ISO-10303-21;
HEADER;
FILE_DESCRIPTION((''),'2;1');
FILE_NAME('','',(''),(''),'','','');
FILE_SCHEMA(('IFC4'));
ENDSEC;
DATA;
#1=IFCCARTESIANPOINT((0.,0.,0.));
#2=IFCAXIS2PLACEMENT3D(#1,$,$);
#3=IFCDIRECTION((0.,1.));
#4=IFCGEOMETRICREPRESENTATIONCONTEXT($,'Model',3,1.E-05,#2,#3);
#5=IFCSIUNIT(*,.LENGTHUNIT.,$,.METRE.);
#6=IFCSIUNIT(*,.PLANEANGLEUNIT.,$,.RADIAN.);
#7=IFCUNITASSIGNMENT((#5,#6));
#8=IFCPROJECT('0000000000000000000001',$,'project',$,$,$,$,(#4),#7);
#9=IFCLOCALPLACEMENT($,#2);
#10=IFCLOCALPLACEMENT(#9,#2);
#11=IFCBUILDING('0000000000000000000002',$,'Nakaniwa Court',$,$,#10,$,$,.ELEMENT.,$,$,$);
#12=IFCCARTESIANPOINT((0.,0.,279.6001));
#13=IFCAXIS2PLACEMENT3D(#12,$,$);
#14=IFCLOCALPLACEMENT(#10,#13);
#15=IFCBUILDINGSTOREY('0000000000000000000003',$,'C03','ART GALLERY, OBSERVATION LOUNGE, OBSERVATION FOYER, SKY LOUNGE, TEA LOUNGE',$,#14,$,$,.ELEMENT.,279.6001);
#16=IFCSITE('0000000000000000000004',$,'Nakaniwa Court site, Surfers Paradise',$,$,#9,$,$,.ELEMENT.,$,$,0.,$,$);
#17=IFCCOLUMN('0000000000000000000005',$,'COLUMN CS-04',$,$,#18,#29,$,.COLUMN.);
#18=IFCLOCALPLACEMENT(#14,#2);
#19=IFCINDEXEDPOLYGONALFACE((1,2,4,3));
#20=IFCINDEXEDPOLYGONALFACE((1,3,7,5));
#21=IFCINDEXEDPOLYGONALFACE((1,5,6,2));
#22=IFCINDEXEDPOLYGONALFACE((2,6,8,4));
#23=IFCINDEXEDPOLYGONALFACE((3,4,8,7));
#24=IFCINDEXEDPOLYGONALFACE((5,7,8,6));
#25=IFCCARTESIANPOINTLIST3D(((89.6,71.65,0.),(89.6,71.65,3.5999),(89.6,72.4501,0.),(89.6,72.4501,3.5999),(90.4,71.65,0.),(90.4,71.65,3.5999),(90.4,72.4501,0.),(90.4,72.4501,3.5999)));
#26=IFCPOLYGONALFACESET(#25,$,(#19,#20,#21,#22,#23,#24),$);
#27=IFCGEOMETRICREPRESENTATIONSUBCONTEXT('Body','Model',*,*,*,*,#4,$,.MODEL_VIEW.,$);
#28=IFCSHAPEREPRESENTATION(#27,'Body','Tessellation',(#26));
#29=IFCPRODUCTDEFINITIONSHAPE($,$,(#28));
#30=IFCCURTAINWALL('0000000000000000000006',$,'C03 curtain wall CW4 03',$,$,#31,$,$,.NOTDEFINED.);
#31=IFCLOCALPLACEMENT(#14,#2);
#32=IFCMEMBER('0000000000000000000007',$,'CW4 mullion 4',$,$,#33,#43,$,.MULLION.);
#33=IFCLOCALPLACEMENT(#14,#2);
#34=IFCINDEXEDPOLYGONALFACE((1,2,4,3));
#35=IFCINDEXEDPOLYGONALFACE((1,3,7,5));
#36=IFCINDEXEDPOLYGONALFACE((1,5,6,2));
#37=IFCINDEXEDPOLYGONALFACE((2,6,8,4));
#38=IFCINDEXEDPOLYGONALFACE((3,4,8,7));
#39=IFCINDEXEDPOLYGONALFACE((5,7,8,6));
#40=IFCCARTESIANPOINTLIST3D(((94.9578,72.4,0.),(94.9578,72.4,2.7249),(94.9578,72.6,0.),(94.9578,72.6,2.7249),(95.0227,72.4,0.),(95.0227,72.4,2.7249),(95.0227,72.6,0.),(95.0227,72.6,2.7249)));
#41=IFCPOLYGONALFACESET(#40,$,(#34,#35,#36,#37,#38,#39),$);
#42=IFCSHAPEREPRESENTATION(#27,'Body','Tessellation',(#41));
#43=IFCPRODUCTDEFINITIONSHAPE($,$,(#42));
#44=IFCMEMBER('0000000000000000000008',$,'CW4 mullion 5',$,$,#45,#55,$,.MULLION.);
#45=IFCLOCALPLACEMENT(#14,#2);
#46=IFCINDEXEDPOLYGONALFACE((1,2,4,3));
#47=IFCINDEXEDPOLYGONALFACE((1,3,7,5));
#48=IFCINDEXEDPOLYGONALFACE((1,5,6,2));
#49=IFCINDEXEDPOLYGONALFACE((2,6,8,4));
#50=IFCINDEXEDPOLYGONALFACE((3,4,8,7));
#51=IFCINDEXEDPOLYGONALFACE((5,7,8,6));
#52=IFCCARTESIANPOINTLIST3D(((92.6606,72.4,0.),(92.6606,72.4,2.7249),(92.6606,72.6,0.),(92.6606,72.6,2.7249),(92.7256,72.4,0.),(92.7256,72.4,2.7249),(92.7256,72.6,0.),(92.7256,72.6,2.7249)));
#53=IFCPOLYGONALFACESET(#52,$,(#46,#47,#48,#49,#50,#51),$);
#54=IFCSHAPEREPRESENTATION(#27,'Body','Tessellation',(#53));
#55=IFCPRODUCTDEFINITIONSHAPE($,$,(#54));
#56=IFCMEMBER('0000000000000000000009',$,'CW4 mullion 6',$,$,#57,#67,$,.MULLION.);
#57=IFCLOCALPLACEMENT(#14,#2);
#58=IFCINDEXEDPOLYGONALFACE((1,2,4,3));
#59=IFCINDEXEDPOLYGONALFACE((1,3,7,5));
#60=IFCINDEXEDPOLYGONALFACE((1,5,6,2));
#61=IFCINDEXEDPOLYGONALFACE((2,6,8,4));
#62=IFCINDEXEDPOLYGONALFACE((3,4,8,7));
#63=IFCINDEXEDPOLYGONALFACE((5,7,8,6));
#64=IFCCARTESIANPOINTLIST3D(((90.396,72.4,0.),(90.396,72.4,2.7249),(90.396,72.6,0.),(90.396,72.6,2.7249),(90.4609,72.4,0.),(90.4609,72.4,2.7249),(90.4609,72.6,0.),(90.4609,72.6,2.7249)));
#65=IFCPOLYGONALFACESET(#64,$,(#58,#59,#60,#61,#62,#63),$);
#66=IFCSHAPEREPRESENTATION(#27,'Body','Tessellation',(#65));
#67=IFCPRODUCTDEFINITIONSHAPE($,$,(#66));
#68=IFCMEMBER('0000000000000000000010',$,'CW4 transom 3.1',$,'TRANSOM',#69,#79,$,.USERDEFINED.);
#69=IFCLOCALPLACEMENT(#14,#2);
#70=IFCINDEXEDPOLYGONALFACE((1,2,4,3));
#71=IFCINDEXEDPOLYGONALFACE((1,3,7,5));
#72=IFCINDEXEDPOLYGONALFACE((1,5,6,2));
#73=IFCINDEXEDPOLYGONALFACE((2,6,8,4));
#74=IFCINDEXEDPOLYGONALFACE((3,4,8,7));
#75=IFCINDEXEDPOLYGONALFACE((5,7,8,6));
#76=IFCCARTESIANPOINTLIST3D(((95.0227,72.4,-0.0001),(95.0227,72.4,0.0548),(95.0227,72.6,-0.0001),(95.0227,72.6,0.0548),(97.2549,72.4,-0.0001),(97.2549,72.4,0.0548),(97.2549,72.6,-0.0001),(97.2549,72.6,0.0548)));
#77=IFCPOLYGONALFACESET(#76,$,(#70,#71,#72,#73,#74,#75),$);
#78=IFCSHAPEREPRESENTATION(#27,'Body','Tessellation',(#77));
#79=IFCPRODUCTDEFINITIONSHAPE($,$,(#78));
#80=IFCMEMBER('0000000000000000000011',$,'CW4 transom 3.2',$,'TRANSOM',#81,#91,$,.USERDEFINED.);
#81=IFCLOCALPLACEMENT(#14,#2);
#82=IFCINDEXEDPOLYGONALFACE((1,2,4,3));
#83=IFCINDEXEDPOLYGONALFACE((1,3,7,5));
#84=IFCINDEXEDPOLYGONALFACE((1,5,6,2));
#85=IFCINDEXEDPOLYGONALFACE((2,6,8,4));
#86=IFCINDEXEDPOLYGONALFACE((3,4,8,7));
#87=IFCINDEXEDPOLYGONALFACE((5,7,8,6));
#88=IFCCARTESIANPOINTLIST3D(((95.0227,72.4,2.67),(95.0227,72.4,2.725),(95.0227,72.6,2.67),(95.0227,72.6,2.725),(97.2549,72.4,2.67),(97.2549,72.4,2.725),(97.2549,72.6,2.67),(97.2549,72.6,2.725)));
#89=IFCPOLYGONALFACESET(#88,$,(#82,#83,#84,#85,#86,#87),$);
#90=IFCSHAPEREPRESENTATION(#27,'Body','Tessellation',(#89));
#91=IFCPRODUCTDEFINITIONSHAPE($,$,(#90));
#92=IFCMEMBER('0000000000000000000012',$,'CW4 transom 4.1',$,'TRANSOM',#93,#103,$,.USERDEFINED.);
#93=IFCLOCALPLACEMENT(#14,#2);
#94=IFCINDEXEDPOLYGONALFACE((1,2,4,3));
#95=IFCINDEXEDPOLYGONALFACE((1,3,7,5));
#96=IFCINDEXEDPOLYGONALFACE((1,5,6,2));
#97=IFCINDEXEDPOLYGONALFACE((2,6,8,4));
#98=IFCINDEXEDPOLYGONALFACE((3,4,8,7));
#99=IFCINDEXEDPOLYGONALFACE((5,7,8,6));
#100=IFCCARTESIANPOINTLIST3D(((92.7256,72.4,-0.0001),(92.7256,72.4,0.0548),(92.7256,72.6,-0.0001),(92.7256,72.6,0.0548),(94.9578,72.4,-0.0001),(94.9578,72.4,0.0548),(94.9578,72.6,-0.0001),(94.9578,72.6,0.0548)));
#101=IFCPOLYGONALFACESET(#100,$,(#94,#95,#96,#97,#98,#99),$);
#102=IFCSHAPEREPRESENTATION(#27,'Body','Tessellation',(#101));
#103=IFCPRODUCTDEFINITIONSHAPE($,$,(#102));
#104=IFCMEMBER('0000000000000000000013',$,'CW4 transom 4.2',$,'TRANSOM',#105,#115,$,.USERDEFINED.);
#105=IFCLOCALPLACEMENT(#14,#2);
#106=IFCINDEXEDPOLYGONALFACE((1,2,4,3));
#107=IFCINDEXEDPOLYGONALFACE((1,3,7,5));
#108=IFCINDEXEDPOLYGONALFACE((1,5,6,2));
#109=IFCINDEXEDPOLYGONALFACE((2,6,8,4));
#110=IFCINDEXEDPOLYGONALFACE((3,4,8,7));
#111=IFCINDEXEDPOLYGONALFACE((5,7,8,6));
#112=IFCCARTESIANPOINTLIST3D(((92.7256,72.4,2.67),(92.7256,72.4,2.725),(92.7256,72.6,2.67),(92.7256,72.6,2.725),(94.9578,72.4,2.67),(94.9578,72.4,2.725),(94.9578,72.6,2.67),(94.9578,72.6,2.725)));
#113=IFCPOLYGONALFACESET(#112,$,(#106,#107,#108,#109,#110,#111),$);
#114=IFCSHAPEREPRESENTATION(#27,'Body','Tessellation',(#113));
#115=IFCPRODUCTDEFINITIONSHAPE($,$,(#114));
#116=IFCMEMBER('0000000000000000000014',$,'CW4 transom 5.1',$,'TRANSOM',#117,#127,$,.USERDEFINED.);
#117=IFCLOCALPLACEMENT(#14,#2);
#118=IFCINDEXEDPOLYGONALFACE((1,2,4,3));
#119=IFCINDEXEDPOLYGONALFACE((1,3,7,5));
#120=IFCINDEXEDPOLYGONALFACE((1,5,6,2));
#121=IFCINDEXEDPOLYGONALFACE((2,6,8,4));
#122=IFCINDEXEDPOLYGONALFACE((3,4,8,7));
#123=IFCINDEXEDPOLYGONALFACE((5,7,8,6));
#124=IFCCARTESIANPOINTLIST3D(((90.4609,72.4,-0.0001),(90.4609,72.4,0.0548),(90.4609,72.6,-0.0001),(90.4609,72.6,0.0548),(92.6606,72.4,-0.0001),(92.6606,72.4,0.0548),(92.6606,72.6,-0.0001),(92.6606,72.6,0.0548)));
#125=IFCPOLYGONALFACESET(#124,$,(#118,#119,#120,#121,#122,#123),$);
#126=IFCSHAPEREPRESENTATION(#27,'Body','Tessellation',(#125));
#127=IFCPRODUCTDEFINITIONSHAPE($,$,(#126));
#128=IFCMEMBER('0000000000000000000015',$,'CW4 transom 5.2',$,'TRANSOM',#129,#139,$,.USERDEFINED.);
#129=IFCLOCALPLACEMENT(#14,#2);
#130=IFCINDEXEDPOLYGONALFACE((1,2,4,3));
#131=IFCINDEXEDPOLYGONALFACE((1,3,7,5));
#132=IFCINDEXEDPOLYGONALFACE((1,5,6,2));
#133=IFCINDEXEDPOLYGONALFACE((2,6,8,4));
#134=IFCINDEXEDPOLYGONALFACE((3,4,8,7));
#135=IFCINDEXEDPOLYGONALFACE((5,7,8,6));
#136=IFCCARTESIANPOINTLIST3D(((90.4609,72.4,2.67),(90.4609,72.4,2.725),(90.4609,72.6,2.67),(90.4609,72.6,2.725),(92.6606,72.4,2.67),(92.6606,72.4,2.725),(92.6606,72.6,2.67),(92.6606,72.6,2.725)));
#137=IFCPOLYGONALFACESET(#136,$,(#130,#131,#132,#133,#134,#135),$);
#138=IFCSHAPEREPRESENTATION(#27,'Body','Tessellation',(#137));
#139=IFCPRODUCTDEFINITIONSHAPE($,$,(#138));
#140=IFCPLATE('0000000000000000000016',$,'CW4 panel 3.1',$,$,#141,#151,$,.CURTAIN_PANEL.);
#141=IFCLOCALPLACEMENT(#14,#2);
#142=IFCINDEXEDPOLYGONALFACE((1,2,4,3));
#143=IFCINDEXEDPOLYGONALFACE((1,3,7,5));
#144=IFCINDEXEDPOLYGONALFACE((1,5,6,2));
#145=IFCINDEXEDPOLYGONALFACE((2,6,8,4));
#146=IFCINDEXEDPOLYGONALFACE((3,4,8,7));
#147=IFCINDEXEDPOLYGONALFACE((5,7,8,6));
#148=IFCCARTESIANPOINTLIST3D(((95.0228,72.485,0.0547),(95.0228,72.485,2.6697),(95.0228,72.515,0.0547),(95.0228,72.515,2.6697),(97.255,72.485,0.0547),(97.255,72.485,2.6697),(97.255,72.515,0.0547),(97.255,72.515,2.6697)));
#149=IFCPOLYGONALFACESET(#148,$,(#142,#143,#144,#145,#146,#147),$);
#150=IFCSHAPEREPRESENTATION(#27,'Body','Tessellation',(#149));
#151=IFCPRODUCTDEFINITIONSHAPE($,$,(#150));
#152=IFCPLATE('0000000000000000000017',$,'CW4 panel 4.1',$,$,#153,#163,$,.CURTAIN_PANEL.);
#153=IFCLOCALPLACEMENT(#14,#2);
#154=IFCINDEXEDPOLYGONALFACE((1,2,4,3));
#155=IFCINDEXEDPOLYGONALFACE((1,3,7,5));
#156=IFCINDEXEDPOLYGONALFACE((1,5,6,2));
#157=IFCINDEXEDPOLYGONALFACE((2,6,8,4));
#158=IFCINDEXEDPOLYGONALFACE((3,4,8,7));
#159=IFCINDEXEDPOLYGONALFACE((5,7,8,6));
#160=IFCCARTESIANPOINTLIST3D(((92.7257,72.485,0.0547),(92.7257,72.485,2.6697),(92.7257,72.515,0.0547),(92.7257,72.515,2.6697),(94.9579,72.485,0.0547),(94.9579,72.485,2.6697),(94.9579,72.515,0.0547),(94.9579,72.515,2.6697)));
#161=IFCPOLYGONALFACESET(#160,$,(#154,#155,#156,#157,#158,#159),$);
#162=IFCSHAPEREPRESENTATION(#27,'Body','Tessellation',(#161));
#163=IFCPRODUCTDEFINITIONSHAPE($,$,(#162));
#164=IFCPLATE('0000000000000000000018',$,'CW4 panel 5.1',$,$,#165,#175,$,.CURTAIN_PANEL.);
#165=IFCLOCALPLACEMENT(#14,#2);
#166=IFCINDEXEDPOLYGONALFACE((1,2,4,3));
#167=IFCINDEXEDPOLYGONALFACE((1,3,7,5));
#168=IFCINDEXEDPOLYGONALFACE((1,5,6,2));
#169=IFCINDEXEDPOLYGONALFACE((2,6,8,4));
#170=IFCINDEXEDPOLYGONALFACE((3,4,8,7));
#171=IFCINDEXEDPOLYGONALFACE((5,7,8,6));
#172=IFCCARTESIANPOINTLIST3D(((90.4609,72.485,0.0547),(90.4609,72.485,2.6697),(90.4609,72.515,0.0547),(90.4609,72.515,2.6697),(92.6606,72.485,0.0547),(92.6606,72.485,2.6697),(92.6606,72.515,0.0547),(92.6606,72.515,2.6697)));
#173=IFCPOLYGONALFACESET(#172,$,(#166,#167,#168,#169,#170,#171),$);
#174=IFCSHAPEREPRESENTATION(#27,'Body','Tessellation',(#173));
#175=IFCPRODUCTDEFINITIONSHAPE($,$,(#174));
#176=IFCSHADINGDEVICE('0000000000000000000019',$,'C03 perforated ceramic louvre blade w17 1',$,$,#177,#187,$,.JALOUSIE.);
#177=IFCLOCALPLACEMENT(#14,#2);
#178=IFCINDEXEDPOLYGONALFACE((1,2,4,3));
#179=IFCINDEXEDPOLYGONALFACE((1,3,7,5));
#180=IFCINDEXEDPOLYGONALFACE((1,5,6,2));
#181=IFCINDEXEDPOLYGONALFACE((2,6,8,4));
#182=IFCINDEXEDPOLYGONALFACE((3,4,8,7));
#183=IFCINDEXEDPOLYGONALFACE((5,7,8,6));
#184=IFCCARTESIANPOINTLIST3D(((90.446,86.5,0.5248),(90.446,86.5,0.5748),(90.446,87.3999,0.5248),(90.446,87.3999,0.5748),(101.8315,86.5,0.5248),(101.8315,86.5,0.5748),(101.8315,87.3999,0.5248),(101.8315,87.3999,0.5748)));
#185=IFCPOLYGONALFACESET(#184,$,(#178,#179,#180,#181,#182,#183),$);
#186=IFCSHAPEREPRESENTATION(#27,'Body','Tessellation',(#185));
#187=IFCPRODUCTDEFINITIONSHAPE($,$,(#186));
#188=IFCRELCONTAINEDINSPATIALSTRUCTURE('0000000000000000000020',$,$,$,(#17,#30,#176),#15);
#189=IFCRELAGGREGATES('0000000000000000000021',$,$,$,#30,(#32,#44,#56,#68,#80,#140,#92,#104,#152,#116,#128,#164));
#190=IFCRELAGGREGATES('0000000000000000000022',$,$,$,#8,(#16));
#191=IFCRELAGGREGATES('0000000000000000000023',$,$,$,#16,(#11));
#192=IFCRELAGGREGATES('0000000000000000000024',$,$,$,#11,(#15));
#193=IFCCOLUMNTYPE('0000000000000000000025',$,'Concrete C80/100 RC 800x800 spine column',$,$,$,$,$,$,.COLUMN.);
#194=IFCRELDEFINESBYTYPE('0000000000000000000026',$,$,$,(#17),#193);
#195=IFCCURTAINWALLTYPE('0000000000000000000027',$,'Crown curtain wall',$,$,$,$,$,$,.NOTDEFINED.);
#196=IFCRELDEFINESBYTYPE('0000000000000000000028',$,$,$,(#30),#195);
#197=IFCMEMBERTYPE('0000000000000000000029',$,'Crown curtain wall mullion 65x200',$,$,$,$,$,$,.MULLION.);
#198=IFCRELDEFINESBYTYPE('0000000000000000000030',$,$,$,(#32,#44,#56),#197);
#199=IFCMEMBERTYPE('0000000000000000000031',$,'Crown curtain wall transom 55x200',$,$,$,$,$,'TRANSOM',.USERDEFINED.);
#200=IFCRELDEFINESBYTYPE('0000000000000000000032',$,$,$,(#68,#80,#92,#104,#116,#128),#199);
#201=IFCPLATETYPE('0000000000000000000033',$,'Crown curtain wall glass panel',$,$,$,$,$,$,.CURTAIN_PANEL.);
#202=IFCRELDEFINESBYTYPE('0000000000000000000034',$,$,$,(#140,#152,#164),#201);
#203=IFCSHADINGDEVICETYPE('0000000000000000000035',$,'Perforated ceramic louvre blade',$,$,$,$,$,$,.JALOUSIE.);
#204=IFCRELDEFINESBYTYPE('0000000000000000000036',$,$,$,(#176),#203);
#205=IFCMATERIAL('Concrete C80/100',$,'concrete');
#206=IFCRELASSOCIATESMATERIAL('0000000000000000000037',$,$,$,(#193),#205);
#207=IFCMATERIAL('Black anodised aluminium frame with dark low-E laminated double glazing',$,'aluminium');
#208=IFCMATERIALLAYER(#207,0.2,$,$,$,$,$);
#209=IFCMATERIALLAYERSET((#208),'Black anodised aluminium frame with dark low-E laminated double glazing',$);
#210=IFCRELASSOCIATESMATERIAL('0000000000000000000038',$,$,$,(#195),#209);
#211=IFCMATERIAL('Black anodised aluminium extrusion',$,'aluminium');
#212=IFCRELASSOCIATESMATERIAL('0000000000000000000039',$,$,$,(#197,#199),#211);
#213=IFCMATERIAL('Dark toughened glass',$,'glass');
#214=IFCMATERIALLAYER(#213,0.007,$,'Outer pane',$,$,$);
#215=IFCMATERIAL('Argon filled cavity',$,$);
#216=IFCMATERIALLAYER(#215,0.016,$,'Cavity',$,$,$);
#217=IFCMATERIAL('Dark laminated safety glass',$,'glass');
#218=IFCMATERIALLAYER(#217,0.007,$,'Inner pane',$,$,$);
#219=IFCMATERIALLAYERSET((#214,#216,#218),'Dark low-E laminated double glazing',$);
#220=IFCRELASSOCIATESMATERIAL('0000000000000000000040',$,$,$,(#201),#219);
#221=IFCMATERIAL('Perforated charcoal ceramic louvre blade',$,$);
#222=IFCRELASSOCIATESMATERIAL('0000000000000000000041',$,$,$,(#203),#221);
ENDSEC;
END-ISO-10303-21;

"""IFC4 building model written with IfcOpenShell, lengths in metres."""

from ifc_helpers import new_model, si_unit, direction, frame, origin, origin_2d, place, context, subcontext, project, spatial, rectangle, extrude, material, layer, layer_set, material_profile, profile_set, type_object, element, aggregate, save


model = new_model("IFC4")

# Units and contexts
model_context = context("Model", 3, precision=1e-05, world=origin(), true_north=direction((0.0, 1.0)))
body_context = subcontext(model_context, "Body", "Model", "MODEL_VIEW")
ifc_project = project(units=[si_unit("LENGTHUNIT", "METRE"), si_unit("PLANEANGLEUNIT", "RADIAN")], contexts=[model_context])

# Site, building, storey
site_placement = place(None, origin())
site = spatial("IfcSite", under=ifc_project, at=site_placement, Name="Nakaniwa Court site, Surfers Paradise", CompositionType="ELEMENT", RefElevation=0.0)
building_placement = place(site_placement, origin())
building = spatial("IfcBuilding", under=site, at=building_placement, Name="Nakaniwa Court", CompositionType="ELEMENT")
storey_placement = place(building_placement, frame((0.0, 0.0, 279.6001)))
storey = spatial("IfcBuildingStorey", under=building, at=storey_placement, Name="C03", Description="ART GALLERY, OBSERVATION LOUNGE, OBSERVATION FOYER, SKY LOUNGE, TEA LOUNGE", CompositionType="ELEMENT", Elevation=279.6001)

# Column
ifc_material_1 = material(Name="Concrete C80/100", Category="concrete")
ifc_material_profile_1 = material_profile(ifc_material_1, rectangle(XDim=0.8, YDim=0.8, at=origin_2d()), Name="Concrete C80/100 RC 800x800 spine column")
ifc_profile_set_1 = profile_set([ifc_material_profile_1], Name="Concrete C80/100")
column_type = type_object("IfcColumnType", Name="Concrete C80/100 RC 800x800 spine column", PredefinedType="COLUMN", material=ifc_profile_set_1)
column_placement = place(storey_placement, frame((90.0, 72.05, 0.0), z_axis=(0.0, 0.0, 1.0), x_axis=(0.0, 1.0, 0.0)))
element("IfcColumn", 1, at=column_placement, inside=storey, type_object=column_type, Name="COLUMN CS-04", PredefinedType="COLUMN", context=body_context, shape_type="SweptSolid", body=[
    extrude(rectangle(XDim=0.8, YDim=0.8, at=origin_2d()), origin(), (0.0, 0.0, 1.0), 3.5999),
])

# Curtain wall, members, plates
ifc_material_2 = material(Name="Black anodised aluminium frame with dark low-E laminated double glazing", Category="aluminium")
ifc_layer_1 = layer(ifc_material_2, 0.2)
ifc_layer_set_1 = layer_set([ifc_layer_1], Name="Black anodised aluminium frame with dark low-E laminated double glazing")
curtain_wall_type = type_object("IfcCurtainWallType", Name="Crown curtain wall", PredefinedType="NOTDEFINED", material=ifc_layer_set_1)
curtain_wall_placement = place(storey_placement, origin())
curtain_wall = element("IfcCurtainWall", 2, at=curtain_wall_placement, inside=storey, type_object=curtain_wall_type, Name="C03 curtain wall CW4 03", PredefinedType="NOTDEFINED")
ifc_material_3 = material(Name="Black anodised aluminium extrusion", Category="aluminium")
ifc_material_profile_2 = material_profile(ifc_material_3, rectangle(XDim=0.2, YDim=0.0649, at=origin_2d()), Name="Crown curtain wall mullion 65x200")
ifc_profile_set_2 = profile_set([ifc_material_profile_2], Name="Black anodised aluminium extrusion")
member_type_1 = type_object("IfcMemberType", Name="Crown curtain wall mullion 65x200", PredefinedType="MULLION", material=ifc_profile_set_2)
member_1_placement = place(storey_placement, frame((94.9902, 72.5, 0.0), z_axis=(0.0, 0.0, 1.0), x_axis=(0.0, -1.0, 0.0)))
member_1 = element("IfcMember", 3, at=member_1_placement, type_object=member_type_1, Name="CW4 mullion 4", PredefinedType="MULLION", context=body_context, shape_type="SweptSolid", body=[
    extrude(rectangle(XDim=0.2, YDim=0.0649, at=origin_2d()), origin(), (0.0, 0.0, 1.0), 2.7249),
])
member_2_placement = place(storey_placement, frame((92.6931, 72.5, 0.0), z_axis=(0.0, 0.0, 1.0), x_axis=(0.0, -1.0, 0.0)))
member_2 = element("IfcMember", 4, at=member_2_placement, type_object=member_type_1, Name="CW4 mullion 5", PredefinedType="MULLION", context=body_context, shape_type="SweptSolid", body=[
    extrude(rectangle(XDim=0.2, YDim=0.0649, at=origin_2d()), origin(), (0.0, 0.0, 1.0), 2.7249),
])
member_3_placement = place(storey_placement, frame((90.4285, 72.5, 0.0), z_axis=(0.0, 0.0, 1.0), x_axis=(0.0, -1.0, 0.0)))
member_3 = element("IfcMember", 5, at=member_3_placement, type_object=member_type_1, Name="CW4 mullion 6", PredefinedType="MULLION", context=body_context, shape_type="SweptSolid", body=[
    extrude(rectangle(XDim=0.2, YDim=0.0649, at=origin_2d()), origin(), (0.0, 0.0, 1.0), 2.7249),
])
ifc_material_profile_3 = material_profile(ifc_material_3, rectangle(XDim=0.2, YDim=0.0549, at=origin_2d()), Name="Crown curtain wall transom 55x200")
ifc_profile_set_3 = profile_set([ifc_material_profile_3], Name="Black anodised aluminium extrusion")
member_type_2 = type_object("IfcMemberType", Name="Crown curtain wall transom 55x200", ElementType="TRANSOM", PredefinedType="USERDEFINED", material=ifc_profile_set_3)
member_4_placement = place(storey_placement, frame((97.2549, 72.5, 0.0273), z_axis=(-1.0, 0.0, 0.0), x_axis=(0.0, -1.0, 0.0)))
member_4 = element("IfcMember", 6, at=member_4_placement, type_object=member_type_2, Name="CW4 transom 3.1", ObjectType="TRANSOM", PredefinedType="USERDEFINED", context=body_context, shape_type="SweptSolid", body=[
    extrude(rectangle(XDim=0.2, YDim=0.0549, at=origin_2d()), origin(), (0.0, 0.0, 1.0), 2.2322),
])
member_5_placement = place(storey_placement, frame((97.2549, 72.5, 2.6975), z_axis=(-1.0, 0.0, 0.0), x_axis=(0.0, -1.0, 0.0)))
member_5 = element("IfcMember", 7, at=member_5_placement, type_object=member_type_2, Name="CW4 transom 3.2", ObjectType="TRANSOM", PredefinedType="USERDEFINED", context=body_context, shape_type="SweptSolid", body=[
    extrude(rectangle(XDim=0.2, YDim=0.0549, at=origin_2d()), origin(), (0.0, 0.0, 1.0), 2.2322),
])
member_6_placement = place(storey_placement, frame((94.9578, 72.5, 0.0273), z_axis=(-1.0, 0.0, 0.0), x_axis=(0.0, -1.0, 0.0)))
member_6 = element("IfcMember", 8, at=member_6_placement, type_object=member_type_2, Name="CW4 transom 4.1", ObjectType="TRANSOM", PredefinedType="USERDEFINED", context=body_context, shape_type="SweptSolid", body=[
    extrude(rectangle(XDim=0.2, YDim=0.0549, at=origin_2d()), origin(), (0.0, 0.0, 1.0), 2.2322),
])
member_7_placement = place(storey_placement, frame((94.9578, 72.5, 2.6975), z_axis=(-1.0, 0.0, 0.0), x_axis=(0.0, -1.0, 0.0)))
member_7 = element("IfcMember", 9, at=member_7_placement, type_object=member_type_2, Name="CW4 transom 4.2", ObjectType="TRANSOM", PredefinedType="USERDEFINED", context=body_context, shape_type="SweptSolid", body=[
    extrude(rectangle(XDim=0.2, YDim=0.0549, at=origin_2d()), origin(), (0.0, 0.0, 1.0), 2.2322),
])
member_8_placement = place(storey_placement, frame((92.6606, 72.5, 0.0273), z_axis=(-1.0, 0.0, 0.0), x_axis=(0.0, -1.0, 0.0)))
member_8 = element("IfcMember", 10, at=member_8_placement, type_object=member_type_2, Name="CW4 transom 5.1", ObjectType="TRANSOM", PredefinedType="USERDEFINED", context=body_context, shape_type="SweptSolid", body=[
    extrude(rectangle(XDim=0.2, YDim=0.0549, at=origin_2d()), origin(), (0.0, 0.0, 1.0), 2.1997),
])
member_9_placement = place(storey_placement, frame((92.6606, 72.5, 2.6975), z_axis=(-1.0, 0.0, 0.0), x_axis=(0.0, -1.0, 0.0)))
member_9 = element("IfcMember", 11, at=member_9_placement, type_object=member_type_2, Name="CW4 transom 5.2", ObjectType="TRANSOM", PredefinedType="USERDEFINED", context=body_context, shape_type="SweptSolid", body=[
    extrude(rectangle(XDim=0.2, YDim=0.0549, at=origin_2d()), origin(), (0.0, 0.0, 1.0), 2.1997),
])
ifc_material_4 = material(Name="Dark toughened glass", Category="glass")
ifc_layer_2 = layer(ifc_material_4, 0.007, Name="Outer pane")
ifc_material_5 = material(Name="Argon filled cavity")
ifc_layer_3 = layer(ifc_material_5, 0.016, Name="Cavity")
ifc_material_6 = material(Name="Dark laminated safety glass", Category="glass")
ifc_layer_4 = layer(ifc_material_6, 0.007, Name="Inner pane")
ifc_layer_set_2 = layer_set([ifc_layer_2, ifc_layer_3, ifc_layer_4], Name="Dark low-E laminated double glazing")
plate_type = type_object("IfcPlateType", Name="Crown curtain wall glass panel", PredefinedType="CURTAIN_PANEL", material=ifc_layer_set_2)
plate_1_placement = place(storey_placement, frame((96.1389, 72.5, 0.0547), z_axis=(0.0, 0.0, 1.0), x_axis=(-1.0, 0.0, 0.0)))
plate_1 = element("IfcPlate", 12, at=plate_1_placement, type_object=plate_type, Name="CW4 panel 3.1", PredefinedType="CURTAIN_PANEL", context=body_context, shape_type="SweptSolid", body=[
    extrude(rectangle(XDim=2.2322, YDim=0.03, at=origin_2d()), origin(), (0.0, 0.0, 1.0), 2.615),
])
plate_2_placement = place(storey_placement, frame((93.8418, 72.5, 0.0547), z_axis=(0.0, 0.0, 1.0), x_axis=(-1.0, 0.0, 0.0)))
plate_2 = element("IfcPlate", 13, at=plate_2_placement, type_object=plate_type, Name="CW4 panel 4.1", PredefinedType="CURTAIN_PANEL", context=body_context, shape_type="SweptSolid", body=[
    extrude(rectangle(XDim=2.2322, YDim=0.03, at=origin_2d()), origin(), (0.0, 0.0, 1.0), 2.615),
])
plate_3_placement = place(storey_placement, frame((91.5608, 72.5, 0.0547), z_axis=(0.0, 0.0, 1.0), x_axis=(-1.0, 0.0, 0.0)))
plate_3 = element("IfcPlate", 14, at=plate_3_placement, type_object=plate_type, Name="CW4 panel 5.1", PredefinedType="CURTAIN_PANEL", context=body_context, shape_type="SweptSolid", body=[
    extrude(rectangle(XDim=2.1997, YDim=0.03, at=origin_2d()), origin(), (0.0, 0.0, 1.0), 2.615),
])
aggregate(curtain_wall, [member_1, member_2, member_3, member_4, member_5, plate_1, member_6, member_7, plate_2, member_8, member_9, plate_3])

# Shading device
ifc_material_7 = material(Name="Perforated charcoal ceramic louvre blade")
ifc_material_profile_4 = material_profile(ifc_material_7, rectangle(XDim=0.8999, YDim=0.05, at=origin_2d()), Name="Perforated ceramic louvre blade")
ifc_profile_set_4 = profile_set([ifc_material_profile_4], Name="Perforated charcoal ceramic louvre blade")
shading_device_type = type_object("IfcShadingDeviceType", Name="Perforated ceramic louvre blade", PredefinedType="JALOUSIE", material=ifc_profile_set_4)
shading_device_placement = place(storey_placement, frame((90.446, 86.95, 0.5498), z_axis=(1.0, 0.0, 0.0), x_axis=(0.0, 1.0, 0.0)))
element("IfcShadingDevice", 15, at=shading_device_placement, inside=storey, type_object=shading_device_type, Name="C03 perforated ceramic louvre blade w17 1", PredefinedType="JALOUSIE", context=body_context, shape_type="SweptSolid", body=[
    extrude(rectangle(XDim=0.8999, YDim=0.05, at=origin_2d()), origin(), (0.0, 0.0, 1.0), 11.3855),
])

save(model, "model.ifc")
